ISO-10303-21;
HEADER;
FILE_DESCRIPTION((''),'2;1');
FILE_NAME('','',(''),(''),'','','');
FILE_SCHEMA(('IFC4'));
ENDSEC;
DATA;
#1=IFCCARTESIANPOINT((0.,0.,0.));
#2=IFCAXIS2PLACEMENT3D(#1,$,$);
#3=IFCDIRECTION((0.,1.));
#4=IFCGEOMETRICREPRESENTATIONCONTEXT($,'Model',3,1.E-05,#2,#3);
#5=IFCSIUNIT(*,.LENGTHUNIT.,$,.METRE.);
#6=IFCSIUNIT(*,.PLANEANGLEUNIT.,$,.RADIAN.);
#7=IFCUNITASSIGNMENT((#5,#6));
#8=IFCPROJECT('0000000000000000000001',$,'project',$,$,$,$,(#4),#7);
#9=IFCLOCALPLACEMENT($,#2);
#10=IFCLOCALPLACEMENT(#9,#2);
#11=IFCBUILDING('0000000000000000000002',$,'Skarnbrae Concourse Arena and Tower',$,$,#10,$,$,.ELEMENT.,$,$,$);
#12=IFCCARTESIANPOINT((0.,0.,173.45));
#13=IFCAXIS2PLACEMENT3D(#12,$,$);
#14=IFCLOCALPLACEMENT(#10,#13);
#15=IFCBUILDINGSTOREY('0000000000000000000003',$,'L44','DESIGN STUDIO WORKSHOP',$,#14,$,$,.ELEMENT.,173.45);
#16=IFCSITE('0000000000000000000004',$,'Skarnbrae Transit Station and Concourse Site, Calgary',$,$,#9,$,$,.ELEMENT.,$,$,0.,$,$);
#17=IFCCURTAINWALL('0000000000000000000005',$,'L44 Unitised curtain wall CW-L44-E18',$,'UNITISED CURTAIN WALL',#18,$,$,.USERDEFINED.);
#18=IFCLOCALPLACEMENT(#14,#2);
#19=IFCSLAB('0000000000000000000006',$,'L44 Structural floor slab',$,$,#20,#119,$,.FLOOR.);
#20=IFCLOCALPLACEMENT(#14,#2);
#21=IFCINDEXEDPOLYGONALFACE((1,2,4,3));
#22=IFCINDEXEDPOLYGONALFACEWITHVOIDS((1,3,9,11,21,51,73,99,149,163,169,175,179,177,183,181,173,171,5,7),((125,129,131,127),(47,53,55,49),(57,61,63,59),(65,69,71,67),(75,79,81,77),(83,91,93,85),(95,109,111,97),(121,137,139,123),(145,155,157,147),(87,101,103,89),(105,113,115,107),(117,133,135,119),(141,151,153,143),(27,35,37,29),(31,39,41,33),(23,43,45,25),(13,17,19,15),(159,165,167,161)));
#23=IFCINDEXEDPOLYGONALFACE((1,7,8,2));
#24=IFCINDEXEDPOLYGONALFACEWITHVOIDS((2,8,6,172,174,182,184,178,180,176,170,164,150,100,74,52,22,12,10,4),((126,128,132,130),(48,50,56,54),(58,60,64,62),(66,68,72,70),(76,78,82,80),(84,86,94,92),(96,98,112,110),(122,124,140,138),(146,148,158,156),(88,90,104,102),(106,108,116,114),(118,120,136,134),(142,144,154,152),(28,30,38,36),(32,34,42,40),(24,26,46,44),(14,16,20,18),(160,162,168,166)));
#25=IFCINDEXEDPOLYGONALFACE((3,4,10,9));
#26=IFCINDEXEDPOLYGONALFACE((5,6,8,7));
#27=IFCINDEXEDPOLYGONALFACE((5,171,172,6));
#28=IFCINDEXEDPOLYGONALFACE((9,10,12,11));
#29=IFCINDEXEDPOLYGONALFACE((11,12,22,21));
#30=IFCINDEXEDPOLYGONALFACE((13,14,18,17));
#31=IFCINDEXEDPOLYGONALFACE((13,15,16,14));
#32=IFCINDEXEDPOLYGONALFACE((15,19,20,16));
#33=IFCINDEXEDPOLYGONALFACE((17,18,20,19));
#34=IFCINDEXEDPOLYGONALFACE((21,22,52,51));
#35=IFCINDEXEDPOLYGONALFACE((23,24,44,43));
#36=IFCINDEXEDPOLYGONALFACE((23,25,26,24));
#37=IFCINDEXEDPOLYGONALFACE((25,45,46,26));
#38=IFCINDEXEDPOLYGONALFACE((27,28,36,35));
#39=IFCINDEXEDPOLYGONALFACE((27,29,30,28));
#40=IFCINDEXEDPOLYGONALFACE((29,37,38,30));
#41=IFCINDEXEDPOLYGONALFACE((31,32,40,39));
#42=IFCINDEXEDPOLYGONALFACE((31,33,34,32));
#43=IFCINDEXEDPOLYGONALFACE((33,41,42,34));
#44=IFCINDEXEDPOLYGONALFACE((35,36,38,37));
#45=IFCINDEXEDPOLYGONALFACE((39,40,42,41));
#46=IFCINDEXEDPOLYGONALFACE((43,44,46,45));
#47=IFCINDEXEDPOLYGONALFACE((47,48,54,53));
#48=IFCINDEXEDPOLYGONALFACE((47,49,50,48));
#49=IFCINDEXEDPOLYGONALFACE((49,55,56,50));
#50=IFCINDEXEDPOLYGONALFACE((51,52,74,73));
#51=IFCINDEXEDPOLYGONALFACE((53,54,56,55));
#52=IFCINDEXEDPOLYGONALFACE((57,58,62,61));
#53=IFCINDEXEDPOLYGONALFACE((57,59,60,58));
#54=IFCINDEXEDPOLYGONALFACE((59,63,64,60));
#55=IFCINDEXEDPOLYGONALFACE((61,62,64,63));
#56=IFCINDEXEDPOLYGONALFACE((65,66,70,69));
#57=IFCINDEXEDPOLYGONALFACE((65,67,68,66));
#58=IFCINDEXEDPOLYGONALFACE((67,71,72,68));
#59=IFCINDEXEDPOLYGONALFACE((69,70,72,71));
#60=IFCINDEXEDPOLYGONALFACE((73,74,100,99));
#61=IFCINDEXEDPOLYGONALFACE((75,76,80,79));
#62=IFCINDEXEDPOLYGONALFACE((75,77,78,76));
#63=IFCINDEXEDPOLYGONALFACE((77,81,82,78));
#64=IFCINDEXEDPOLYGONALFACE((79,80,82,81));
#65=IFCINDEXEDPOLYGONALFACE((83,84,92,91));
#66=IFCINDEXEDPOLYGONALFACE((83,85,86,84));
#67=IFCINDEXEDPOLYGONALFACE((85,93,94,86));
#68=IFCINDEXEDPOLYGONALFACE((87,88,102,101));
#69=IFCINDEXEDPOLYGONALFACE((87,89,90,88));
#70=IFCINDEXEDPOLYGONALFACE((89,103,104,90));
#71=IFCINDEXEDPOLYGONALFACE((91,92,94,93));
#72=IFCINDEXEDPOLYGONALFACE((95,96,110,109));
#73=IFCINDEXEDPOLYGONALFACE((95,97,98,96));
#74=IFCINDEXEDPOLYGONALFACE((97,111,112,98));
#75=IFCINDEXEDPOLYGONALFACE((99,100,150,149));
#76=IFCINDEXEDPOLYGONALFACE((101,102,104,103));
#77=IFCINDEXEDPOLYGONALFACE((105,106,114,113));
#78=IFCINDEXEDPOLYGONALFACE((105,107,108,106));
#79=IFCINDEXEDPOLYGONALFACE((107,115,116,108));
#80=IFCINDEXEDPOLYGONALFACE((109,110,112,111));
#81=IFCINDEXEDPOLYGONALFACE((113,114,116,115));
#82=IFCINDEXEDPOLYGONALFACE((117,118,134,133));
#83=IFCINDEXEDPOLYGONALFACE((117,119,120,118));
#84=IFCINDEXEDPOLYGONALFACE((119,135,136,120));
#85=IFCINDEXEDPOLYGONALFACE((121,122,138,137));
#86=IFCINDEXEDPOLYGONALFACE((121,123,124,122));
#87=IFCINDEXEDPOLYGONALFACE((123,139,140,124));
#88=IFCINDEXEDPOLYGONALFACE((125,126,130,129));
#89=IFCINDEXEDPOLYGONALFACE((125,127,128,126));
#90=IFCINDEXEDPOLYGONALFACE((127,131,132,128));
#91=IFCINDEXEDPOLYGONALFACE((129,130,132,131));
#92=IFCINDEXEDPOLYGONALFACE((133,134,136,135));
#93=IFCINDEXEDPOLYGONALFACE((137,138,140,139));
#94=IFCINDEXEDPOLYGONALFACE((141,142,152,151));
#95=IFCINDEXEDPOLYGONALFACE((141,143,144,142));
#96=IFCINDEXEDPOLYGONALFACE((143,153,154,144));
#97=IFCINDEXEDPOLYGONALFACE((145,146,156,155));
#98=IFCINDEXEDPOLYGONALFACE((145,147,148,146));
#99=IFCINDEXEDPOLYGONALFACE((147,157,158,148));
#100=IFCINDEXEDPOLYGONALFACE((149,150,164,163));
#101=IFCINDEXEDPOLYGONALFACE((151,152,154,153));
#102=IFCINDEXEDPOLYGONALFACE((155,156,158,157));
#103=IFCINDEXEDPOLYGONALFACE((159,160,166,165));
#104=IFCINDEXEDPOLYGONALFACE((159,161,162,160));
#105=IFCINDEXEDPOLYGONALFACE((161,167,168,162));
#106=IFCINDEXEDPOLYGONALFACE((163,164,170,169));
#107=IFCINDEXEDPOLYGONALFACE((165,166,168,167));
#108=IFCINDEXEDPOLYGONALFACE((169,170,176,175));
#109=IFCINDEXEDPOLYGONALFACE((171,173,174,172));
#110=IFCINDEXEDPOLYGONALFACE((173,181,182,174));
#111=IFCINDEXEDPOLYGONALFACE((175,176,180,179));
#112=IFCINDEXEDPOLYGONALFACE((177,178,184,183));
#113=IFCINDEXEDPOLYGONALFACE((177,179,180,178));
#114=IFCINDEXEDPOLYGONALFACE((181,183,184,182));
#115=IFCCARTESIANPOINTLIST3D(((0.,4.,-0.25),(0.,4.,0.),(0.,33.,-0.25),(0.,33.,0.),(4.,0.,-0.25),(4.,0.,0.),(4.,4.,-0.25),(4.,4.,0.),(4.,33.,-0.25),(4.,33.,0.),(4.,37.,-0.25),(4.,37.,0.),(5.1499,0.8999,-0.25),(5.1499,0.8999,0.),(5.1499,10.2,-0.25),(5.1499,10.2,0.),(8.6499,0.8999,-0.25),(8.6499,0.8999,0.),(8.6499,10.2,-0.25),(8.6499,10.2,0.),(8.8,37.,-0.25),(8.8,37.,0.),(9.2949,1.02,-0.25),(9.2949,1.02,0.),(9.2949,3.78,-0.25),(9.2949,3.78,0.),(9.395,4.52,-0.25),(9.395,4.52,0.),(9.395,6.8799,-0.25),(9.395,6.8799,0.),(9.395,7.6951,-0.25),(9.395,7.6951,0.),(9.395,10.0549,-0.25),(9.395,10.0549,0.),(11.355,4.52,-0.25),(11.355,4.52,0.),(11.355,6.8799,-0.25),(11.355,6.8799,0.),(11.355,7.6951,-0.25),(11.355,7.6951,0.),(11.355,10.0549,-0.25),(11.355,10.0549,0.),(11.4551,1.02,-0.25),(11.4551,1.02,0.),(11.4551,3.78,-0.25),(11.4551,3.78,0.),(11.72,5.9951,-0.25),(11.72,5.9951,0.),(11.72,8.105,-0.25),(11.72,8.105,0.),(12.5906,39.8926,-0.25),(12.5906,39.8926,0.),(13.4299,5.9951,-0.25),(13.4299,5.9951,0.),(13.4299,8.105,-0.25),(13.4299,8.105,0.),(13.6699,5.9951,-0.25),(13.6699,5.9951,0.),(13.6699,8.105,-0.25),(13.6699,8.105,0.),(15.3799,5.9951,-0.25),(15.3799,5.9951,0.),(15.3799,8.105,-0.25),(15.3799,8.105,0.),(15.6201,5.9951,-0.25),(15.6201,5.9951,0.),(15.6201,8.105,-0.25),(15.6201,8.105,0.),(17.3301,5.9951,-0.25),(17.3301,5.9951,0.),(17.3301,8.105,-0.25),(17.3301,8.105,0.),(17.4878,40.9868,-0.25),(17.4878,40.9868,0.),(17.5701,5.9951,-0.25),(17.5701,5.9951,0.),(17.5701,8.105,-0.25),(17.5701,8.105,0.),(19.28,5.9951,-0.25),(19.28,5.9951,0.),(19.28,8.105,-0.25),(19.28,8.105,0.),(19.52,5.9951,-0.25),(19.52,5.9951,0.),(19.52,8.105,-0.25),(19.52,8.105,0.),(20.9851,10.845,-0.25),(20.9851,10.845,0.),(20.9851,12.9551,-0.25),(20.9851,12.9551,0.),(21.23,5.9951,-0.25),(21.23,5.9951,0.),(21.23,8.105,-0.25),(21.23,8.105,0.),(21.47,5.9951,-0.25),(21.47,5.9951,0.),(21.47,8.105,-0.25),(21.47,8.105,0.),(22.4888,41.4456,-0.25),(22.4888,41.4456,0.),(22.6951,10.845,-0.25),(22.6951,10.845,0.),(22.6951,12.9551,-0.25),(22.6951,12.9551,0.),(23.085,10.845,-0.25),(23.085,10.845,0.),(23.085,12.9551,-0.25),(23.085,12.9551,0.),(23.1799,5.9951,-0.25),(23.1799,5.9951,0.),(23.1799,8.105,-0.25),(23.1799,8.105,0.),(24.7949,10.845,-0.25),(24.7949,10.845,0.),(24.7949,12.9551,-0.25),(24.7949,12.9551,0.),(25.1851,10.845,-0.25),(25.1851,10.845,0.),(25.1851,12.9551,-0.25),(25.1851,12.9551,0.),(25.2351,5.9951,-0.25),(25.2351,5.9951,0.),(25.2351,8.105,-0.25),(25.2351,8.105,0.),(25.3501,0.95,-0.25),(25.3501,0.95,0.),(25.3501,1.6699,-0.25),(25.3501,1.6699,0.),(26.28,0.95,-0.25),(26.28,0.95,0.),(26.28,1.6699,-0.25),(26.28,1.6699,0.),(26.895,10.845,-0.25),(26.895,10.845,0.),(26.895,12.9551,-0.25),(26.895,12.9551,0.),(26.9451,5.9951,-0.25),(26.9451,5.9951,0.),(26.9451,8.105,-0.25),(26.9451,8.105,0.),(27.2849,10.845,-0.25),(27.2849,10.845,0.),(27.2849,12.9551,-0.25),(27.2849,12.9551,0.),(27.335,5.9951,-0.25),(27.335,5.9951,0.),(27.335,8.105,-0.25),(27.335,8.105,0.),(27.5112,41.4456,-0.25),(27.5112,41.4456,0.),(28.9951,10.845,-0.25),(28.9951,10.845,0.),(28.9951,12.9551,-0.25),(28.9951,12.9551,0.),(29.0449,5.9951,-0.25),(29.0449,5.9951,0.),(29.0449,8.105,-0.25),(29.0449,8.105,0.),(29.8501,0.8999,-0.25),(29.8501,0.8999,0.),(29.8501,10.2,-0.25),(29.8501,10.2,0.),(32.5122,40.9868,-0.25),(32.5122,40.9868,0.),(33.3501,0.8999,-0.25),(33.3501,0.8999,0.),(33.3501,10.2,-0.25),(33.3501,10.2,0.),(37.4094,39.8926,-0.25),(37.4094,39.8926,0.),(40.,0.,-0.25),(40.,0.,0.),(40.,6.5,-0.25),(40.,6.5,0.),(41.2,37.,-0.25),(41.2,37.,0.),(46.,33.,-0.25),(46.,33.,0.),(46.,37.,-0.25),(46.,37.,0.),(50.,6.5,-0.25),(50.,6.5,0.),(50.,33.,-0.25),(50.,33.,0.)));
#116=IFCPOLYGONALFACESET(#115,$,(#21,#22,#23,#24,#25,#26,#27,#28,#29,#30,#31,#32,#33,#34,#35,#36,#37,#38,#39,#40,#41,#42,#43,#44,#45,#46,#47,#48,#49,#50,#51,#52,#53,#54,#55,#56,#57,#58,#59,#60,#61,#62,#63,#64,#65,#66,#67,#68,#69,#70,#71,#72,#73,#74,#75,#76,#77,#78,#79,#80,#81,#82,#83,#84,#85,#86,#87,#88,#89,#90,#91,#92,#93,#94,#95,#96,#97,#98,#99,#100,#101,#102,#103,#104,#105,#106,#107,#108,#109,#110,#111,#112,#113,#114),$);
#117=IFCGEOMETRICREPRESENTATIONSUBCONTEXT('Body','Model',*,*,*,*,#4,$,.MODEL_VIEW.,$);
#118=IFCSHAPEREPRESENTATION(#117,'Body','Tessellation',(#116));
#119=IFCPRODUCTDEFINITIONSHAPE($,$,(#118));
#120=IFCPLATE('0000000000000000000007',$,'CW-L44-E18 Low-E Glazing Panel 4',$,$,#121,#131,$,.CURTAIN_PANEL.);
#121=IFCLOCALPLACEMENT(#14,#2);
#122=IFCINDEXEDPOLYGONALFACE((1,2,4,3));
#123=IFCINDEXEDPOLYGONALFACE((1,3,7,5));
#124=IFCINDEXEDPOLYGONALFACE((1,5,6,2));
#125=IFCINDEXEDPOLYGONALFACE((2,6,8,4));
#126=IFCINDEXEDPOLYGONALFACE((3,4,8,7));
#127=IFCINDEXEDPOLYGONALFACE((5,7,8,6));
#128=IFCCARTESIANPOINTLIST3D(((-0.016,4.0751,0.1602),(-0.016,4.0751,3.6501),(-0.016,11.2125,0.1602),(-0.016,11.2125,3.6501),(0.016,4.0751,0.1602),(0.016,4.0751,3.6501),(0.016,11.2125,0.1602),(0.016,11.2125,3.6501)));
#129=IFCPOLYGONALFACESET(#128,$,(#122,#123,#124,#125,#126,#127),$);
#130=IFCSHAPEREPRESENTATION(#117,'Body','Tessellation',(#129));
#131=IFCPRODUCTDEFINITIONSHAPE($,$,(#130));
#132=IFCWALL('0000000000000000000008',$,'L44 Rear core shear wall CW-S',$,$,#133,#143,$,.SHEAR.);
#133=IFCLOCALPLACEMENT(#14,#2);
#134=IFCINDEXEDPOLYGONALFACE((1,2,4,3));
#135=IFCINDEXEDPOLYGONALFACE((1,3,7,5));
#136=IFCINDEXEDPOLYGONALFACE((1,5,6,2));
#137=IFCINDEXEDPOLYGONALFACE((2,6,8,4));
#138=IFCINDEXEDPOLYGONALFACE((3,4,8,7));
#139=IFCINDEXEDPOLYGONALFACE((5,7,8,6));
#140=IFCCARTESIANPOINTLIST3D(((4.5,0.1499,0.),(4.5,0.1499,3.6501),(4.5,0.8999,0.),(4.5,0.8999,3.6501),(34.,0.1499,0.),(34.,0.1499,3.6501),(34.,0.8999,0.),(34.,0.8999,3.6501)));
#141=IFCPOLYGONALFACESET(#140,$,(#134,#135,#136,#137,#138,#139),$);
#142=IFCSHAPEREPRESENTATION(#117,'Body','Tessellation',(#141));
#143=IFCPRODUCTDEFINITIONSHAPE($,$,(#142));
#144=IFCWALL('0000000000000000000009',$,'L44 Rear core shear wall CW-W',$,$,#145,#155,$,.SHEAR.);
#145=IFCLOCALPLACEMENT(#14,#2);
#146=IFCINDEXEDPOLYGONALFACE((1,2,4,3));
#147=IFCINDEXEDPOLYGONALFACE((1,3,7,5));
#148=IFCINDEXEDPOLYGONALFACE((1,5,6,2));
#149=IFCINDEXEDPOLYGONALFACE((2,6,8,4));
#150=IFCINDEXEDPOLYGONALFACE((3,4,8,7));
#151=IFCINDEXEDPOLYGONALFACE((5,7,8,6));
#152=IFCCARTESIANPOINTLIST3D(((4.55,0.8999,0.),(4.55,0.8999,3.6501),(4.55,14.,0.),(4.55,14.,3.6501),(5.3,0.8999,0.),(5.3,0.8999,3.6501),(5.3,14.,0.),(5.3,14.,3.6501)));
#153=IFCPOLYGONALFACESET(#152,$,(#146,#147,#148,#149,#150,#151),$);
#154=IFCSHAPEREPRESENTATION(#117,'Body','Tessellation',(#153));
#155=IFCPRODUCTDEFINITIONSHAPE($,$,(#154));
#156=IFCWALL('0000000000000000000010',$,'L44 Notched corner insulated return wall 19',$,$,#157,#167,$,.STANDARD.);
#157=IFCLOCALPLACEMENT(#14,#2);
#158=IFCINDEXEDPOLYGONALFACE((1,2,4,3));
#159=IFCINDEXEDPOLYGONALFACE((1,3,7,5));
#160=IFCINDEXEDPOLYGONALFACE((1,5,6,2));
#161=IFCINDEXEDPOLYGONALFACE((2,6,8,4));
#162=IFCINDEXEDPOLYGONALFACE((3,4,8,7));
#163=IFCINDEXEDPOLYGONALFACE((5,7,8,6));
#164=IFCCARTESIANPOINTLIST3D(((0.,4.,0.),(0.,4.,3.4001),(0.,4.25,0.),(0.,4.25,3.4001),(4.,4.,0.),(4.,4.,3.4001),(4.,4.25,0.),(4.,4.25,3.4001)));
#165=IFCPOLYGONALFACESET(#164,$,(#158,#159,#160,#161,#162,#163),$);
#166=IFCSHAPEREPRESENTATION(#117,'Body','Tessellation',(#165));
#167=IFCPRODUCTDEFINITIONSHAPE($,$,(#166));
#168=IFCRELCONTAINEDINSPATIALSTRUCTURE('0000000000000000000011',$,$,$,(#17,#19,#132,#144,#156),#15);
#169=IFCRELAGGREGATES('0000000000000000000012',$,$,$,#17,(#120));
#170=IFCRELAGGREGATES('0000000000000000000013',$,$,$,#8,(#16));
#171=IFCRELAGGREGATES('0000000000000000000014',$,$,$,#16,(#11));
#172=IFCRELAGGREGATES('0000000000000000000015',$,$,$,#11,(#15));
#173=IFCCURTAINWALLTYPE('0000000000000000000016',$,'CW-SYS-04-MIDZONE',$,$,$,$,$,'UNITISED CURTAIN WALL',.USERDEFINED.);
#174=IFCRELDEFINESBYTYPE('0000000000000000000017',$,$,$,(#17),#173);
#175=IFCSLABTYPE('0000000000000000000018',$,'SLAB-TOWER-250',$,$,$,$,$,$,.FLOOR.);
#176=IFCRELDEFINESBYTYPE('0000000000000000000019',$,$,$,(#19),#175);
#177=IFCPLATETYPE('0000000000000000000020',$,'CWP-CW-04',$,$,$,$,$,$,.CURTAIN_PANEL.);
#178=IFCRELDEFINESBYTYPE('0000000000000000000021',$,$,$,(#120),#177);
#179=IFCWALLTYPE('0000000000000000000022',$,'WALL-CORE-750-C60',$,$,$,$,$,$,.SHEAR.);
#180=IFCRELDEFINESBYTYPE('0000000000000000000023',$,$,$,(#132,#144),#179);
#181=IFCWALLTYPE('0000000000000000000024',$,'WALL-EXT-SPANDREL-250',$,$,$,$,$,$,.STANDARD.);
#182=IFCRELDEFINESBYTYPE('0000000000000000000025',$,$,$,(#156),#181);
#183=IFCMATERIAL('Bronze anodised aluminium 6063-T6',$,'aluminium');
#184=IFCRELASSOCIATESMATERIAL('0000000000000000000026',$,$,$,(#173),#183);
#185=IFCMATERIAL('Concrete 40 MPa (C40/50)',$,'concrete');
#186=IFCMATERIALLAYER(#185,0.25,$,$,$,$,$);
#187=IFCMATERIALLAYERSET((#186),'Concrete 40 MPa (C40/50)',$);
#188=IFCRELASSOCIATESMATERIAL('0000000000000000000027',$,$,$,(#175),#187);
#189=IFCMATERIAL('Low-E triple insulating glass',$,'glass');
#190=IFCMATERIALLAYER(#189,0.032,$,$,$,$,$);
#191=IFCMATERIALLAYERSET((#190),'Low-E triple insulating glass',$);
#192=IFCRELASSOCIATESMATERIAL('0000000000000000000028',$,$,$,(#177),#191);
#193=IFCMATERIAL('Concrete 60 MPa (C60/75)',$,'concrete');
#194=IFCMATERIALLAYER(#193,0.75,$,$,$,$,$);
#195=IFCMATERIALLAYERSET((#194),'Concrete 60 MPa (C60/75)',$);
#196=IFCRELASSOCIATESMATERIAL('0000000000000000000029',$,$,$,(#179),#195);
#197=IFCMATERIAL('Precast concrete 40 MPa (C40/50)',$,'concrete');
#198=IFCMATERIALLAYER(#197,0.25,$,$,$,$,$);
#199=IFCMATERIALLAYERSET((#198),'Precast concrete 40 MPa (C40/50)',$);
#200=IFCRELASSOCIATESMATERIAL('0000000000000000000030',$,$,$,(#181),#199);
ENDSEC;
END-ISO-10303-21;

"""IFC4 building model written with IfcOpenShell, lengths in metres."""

from ifc_helpers import new_model, si_unit, direction, frame, frame_2d, origin, origin_2d, place, context, subcontext, project, spatial, polyline, rectangle, outline, extrude, source, transform, mapped, material, layer, layer_set, type_object, element, aggregate, save


model = new_model("IFC4")

# Units and contexts
model_context = context("Model", 3, precision=1e-05, world=origin(), true_north=direction((0.0, 1.0)))
body_context = subcontext(model_context, "Body", "Model", "MODEL_VIEW")
ifc_project = project(units=[si_unit("LENGTHUNIT", "METRE"), si_unit("PLANEANGLEUNIT", "RADIAN")], contexts=[model_context])

# Site, building, storey
site_placement = place(None, origin())
site = spatial("IfcSite", under=ifc_project, at=site_placement, Name="Skarnbrae Transit Station and Concourse Site, Calgary", CompositionType="ELEMENT", RefElevation=0.0)
building_placement = place(site_placement, origin())
building = spatial("IfcBuilding", under=site, at=building_placement, Name="Skarnbrae Concourse Arena and Tower", CompositionType="ELEMENT")
storey_placement = place(building_placement, frame((0.0, 0.0, 173.45)))
storey = spatial("IfcBuildingStorey", under=building, at=storey_placement, Name="L44", Description="DESIGN STUDIO WORKSHOP", CompositionType="ELEMENT", Elevation=173.45)

# Curtain wall
ifc_material_1 = material(Name="Bronze anodised aluminium 6063-T6", Category="aluminium")
curtain_wall_type = type_object("IfcCurtainWallType", Name="CW-SYS-04-MIDZONE", ElementType="UNITISED CURTAIN WALL", PredefinedType="USERDEFINED", material=ifc_material_1)
curtain_wall_placement = place(storey_placement, origin())
curtain_wall = element("IfcCurtainWall", 1, at=curtain_wall_placement, inside=storey, type_object=curtain_wall_type, Name="L44 Unitised curtain wall CW-L44-E18", ObjectType="UNITISED CURTAIN WALL", PredefinedType="USERDEFINED")

# Shared definitions
ifc_material_2 = material(Name="Concrete 40 MPa (C40/50)", Category="concrete")

# Slab
ifc_layer_1 = layer(ifc_material_2, 0.25)
ifc_layer_set_1 = layer_set([ifc_layer_1], Name="Concrete 40 MPa (C40/50)")
slab_type_1 = type_object("IfcSlabType", Name="SLAB-TOWER-250", PredefinedType="FLOOR", material=ifc_layer_set_1)
slab_1_placement = place(storey_placement, frame((0.0, 0.0, -0.25)))
element("IfcSlab", 2, at=slab_1_placement, inside=storey, type_object=slab_type_1, Name="L44 Structural floor slab", PredefinedType="FLOOR", context=body_context, shape_type="SweptSolid", body=[
    extrude(outline(polyline([(4.0, 0.0), (40.0, 0.0), (40.0, 6.5), (50.0, 6.5), (50.0, 33.0), (46.0, 33.0), (46.0, 37.0), (41.2, 37.0), (37.4094, 39.8926), (32.5122, 40.9868), (27.5112, 41.4456), (22.4888, 41.4456), (17.4878, 40.9868), (12.5906, 39.8926), (8.8, 37.0), (4.0, 37.0), (4.0, 33.0), (0.0, 33.0), (0.0, 4.0), (4.0, 4.0), (4.0, 0.0)]), holes=[polyline([(9.2949, 3.78), (11.4551, 3.78), (11.4551, 1.02), (9.2949, 1.02), (9.2949, 3.78)]), polyline([(8.6499, 10.2), (8.6499, 0.8999), (5.1499, 0.8999), (5.1499, 10.2), (8.6499, 10.2)]), polyline([(9.395, 6.8799), (11.355, 6.8799), (11.355, 4.52), (9.395, 4.52), (9.395, 6.8799)]), polyline([(11.72, 8.105), (13.4299, 8.105), (13.4299, 5.9951), (11.72, 5.9951), (11.72, 8.105)]), polyline([(13.6699, 8.105), (15.3799, 8.105), (15.3799, 5.9951), (13.6699, 5.9951), (13.6699, 8.105)]), polyline([(15.6201, 8.105), (17.3301, 8.105), (17.3301, 5.9951), (15.6201, 5.9951), (15.6201, 8.105)]), polyline([(17.5701, 8.105), (19.28, 8.105), (19.28, 5.9951), (17.5701, 5.9951), (17.5701, 8.105)]), polyline([(21.23, 8.105), (21.23, 5.9951), (19.52, 5.9951), (19.52, 8.105), (21.23, 8.105)]), polyline([(11.355, 10.0549), (11.355, 7.6951), (9.395, 7.6951), (9.395, 10.0549), (11.355, 10.0549)]), polyline([(25.3501, 1.6699), (26.28, 1.6699), (26.28, 0.95), (25.3501, 0.95), (25.3501, 1.6699)]), polyline([(33.3501, 10.2), (33.3501, 0.8999), (29.8501, 0.8999), (29.8501, 10.2), (33.3501, 10.2)]), polyline([(21.47, 8.105), (23.1799, 8.105), (23.1799, 5.9951), (21.47, 5.9951), (21.47, 8.105)]), polyline([(25.2351, 8.105), (26.9451, 8.105), (26.9451, 5.9951), (25.2351, 5.9951), (25.2351, 8.105)]), polyline([(27.335, 8.105), (29.0449, 8.105), (29.0449, 5.9951), (27.335, 5.9951), (27.335, 8.105)]), polyline([(20.9851, 12.9551), (22.6951, 12.9551), (22.6951, 10.845), (20.9851, 10.845), (20.9851, 12.9551)]), polyline([(23.085, 12.9551), (24.7949, 12.9551), (24.7949, 10.845), (23.085, 10.845), (23.085, 12.9551)]), polyline([(26.895, 12.9551), (26.895, 10.845), (25.1851, 10.845), (25.1851, 12.9551), (26.895, 12.9551)]), polyline([(28.9951, 12.9551), (28.9951, 10.845), (27.2849, 10.845), (27.2849, 12.9551), (28.9951, 12.9551)])]), origin(), (0.0, 0.0, 1.0), 0.25),
])

# Plate
ifc_material_3 = material(Name="Low-E triple insulating glass", Category="glass")
ifc_layer_2 = layer(ifc_material_3, 0.032)
ifc_layer_set_2 = layer_set([ifc_layer_2], Name="Low-E triple insulating glass")
plate_type = type_object("IfcPlateType", Name="CWP-CW-04", PredefinedType="CURTAIN_PANEL", material=ifc_layer_set_2)
shared_shape_1 = source(origin(), body_context, "Body", "SweptSolid", [
    extrude(rectangle(XDim=7.1375, YDim=0.032, at=origin_2d()), origin(), (0.0, 0.0, 1.0), 3.49),
])
plate_placement = place(storey_placement, frame((0.0, 7.6438, 0.1602), z_axis=(0.0, 0.0, 1.0), x_axis=(0.0, -1.0, 0.0)))
plate = element("IfcPlate", 3, at=plate_placement, type_object=plate_type, Name="CW-L44-E18 Low-E Glazing Panel 4", PredefinedType="CURTAIN_PANEL", context=body_context, shape_type="MappedRepresentation", body=[
    mapped(shared_shape_1, transform((0.0, 0.0, 0.0))),
])
aggregate(curtain_wall, [plate])

# Walls
ifc_material_4 = material(Name="Concrete 60 MPa (C60/75)", Category="concrete")
ifc_layer_3 = layer(ifc_material_4, 0.75)
ifc_layer_set_3 = layer_set([ifc_layer_3], Name="Concrete 60 MPa (C60/75)")
wall_type_1 = type_object("IfcWallType", Name="WALL-CORE-750-C60", PredefinedType="SHEAR", material=ifc_layer_set_3)
shared_shape_2 = source(origin(), body_context, "Body", "SweptSolid", [
    extrude(rectangle(XDim=29.5, YDim=0.75, at=frame_2d((14.75, 0.0))), origin(), (0.0, 0.0, 1.0), 3.6501),
])
wall_1_placement = place(storey_placement, frame((4.5, 0.5249, 0.0), z_axis=(0.0, 0.0, 1.0), x_axis=(1.0, 0.0, 0.0)))
element("IfcWall", 4, at=wall_1_placement, inside=storey, type_object=wall_type_1, Name="L44 Rear core shear wall CW-S", PredefinedType="SHEAR", context=body_context, shape_type="MappedRepresentation", body=[
    mapped(shared_shape_2, transform((0.0, 0.0, 0.0))),
])
shared_shape_3 = source(origin(), body_context, "Body", "SweptSolid", [
    extrude(rectangle(XDim=13.1001, YDim=0.75, at=frame_2d((6.55, 0.0))), origin(), (0.0, 0.0, 1.0), 3.6501),
])
wall_2_placement = place(storey_placement, frame((4.925, 0.8999, 0.0), z_axis=(0.0, 0.0, 1.0), x_axis=(0.0, 1.0, 0.0)))
element("IfcWall", 5, at=wall_2_placement, inside=storey, type_object=wall_type_1, Name="L44 Rear core shear wall CW-W", PredefinedType="SHEAR", context=body_context, shape_type="MappedRepresentation", body=[
    mapped(shared_shape_3, transform((0.0, 0.0, 0.0))),
])
ifc_material_5 = material(Name="Precast concrete 40 MPa (C40/50)", Category="concrete")
ifc_layer_4 = layer(ifc_material_5, 0.25)
ifc_layer_set_4 = layer_set([ifc_layer_4], Name="Precast concrete 40 MPa (C40/50)")
wall_type_2 = type_object("IfcWallType", Name="WALL-EXT-SPANDREL-250", PredefinedType="STANDARD", material=ifc_layer_set_4)
shared_shape_4 = source(origin(), body_context, "Body", "SweptSolid", [
    extrude(rectangle(XDim=4.0, YDim=0.25, at=frame_2d((2.0, 0.0))), origin(), (0.0, 0.0, 1.0), 3.4001),
])
for number, where, z_axis, x_axis, name in (
    (6, (0.0, 4.125, 0.0), (0.0, 0.0, 1.0), (1.0, 0.0, 0.0), "L44 Notched corner insulated return wall 19"),
):
    element("IfcWall", number, at=place(storey_placement, frame(where, z_axis=z_axis, x_axis=x_axis)), inside=storey, type_object=wall_type_2, Name=name, PredefinedType="STANDARD", context=body_context, shape_type="MappedRepresentation", body=[
        mapped(shared_shape_4, transform((0.0, 0.0, 0.0))),
    ])

save(model, "model.ifc")
